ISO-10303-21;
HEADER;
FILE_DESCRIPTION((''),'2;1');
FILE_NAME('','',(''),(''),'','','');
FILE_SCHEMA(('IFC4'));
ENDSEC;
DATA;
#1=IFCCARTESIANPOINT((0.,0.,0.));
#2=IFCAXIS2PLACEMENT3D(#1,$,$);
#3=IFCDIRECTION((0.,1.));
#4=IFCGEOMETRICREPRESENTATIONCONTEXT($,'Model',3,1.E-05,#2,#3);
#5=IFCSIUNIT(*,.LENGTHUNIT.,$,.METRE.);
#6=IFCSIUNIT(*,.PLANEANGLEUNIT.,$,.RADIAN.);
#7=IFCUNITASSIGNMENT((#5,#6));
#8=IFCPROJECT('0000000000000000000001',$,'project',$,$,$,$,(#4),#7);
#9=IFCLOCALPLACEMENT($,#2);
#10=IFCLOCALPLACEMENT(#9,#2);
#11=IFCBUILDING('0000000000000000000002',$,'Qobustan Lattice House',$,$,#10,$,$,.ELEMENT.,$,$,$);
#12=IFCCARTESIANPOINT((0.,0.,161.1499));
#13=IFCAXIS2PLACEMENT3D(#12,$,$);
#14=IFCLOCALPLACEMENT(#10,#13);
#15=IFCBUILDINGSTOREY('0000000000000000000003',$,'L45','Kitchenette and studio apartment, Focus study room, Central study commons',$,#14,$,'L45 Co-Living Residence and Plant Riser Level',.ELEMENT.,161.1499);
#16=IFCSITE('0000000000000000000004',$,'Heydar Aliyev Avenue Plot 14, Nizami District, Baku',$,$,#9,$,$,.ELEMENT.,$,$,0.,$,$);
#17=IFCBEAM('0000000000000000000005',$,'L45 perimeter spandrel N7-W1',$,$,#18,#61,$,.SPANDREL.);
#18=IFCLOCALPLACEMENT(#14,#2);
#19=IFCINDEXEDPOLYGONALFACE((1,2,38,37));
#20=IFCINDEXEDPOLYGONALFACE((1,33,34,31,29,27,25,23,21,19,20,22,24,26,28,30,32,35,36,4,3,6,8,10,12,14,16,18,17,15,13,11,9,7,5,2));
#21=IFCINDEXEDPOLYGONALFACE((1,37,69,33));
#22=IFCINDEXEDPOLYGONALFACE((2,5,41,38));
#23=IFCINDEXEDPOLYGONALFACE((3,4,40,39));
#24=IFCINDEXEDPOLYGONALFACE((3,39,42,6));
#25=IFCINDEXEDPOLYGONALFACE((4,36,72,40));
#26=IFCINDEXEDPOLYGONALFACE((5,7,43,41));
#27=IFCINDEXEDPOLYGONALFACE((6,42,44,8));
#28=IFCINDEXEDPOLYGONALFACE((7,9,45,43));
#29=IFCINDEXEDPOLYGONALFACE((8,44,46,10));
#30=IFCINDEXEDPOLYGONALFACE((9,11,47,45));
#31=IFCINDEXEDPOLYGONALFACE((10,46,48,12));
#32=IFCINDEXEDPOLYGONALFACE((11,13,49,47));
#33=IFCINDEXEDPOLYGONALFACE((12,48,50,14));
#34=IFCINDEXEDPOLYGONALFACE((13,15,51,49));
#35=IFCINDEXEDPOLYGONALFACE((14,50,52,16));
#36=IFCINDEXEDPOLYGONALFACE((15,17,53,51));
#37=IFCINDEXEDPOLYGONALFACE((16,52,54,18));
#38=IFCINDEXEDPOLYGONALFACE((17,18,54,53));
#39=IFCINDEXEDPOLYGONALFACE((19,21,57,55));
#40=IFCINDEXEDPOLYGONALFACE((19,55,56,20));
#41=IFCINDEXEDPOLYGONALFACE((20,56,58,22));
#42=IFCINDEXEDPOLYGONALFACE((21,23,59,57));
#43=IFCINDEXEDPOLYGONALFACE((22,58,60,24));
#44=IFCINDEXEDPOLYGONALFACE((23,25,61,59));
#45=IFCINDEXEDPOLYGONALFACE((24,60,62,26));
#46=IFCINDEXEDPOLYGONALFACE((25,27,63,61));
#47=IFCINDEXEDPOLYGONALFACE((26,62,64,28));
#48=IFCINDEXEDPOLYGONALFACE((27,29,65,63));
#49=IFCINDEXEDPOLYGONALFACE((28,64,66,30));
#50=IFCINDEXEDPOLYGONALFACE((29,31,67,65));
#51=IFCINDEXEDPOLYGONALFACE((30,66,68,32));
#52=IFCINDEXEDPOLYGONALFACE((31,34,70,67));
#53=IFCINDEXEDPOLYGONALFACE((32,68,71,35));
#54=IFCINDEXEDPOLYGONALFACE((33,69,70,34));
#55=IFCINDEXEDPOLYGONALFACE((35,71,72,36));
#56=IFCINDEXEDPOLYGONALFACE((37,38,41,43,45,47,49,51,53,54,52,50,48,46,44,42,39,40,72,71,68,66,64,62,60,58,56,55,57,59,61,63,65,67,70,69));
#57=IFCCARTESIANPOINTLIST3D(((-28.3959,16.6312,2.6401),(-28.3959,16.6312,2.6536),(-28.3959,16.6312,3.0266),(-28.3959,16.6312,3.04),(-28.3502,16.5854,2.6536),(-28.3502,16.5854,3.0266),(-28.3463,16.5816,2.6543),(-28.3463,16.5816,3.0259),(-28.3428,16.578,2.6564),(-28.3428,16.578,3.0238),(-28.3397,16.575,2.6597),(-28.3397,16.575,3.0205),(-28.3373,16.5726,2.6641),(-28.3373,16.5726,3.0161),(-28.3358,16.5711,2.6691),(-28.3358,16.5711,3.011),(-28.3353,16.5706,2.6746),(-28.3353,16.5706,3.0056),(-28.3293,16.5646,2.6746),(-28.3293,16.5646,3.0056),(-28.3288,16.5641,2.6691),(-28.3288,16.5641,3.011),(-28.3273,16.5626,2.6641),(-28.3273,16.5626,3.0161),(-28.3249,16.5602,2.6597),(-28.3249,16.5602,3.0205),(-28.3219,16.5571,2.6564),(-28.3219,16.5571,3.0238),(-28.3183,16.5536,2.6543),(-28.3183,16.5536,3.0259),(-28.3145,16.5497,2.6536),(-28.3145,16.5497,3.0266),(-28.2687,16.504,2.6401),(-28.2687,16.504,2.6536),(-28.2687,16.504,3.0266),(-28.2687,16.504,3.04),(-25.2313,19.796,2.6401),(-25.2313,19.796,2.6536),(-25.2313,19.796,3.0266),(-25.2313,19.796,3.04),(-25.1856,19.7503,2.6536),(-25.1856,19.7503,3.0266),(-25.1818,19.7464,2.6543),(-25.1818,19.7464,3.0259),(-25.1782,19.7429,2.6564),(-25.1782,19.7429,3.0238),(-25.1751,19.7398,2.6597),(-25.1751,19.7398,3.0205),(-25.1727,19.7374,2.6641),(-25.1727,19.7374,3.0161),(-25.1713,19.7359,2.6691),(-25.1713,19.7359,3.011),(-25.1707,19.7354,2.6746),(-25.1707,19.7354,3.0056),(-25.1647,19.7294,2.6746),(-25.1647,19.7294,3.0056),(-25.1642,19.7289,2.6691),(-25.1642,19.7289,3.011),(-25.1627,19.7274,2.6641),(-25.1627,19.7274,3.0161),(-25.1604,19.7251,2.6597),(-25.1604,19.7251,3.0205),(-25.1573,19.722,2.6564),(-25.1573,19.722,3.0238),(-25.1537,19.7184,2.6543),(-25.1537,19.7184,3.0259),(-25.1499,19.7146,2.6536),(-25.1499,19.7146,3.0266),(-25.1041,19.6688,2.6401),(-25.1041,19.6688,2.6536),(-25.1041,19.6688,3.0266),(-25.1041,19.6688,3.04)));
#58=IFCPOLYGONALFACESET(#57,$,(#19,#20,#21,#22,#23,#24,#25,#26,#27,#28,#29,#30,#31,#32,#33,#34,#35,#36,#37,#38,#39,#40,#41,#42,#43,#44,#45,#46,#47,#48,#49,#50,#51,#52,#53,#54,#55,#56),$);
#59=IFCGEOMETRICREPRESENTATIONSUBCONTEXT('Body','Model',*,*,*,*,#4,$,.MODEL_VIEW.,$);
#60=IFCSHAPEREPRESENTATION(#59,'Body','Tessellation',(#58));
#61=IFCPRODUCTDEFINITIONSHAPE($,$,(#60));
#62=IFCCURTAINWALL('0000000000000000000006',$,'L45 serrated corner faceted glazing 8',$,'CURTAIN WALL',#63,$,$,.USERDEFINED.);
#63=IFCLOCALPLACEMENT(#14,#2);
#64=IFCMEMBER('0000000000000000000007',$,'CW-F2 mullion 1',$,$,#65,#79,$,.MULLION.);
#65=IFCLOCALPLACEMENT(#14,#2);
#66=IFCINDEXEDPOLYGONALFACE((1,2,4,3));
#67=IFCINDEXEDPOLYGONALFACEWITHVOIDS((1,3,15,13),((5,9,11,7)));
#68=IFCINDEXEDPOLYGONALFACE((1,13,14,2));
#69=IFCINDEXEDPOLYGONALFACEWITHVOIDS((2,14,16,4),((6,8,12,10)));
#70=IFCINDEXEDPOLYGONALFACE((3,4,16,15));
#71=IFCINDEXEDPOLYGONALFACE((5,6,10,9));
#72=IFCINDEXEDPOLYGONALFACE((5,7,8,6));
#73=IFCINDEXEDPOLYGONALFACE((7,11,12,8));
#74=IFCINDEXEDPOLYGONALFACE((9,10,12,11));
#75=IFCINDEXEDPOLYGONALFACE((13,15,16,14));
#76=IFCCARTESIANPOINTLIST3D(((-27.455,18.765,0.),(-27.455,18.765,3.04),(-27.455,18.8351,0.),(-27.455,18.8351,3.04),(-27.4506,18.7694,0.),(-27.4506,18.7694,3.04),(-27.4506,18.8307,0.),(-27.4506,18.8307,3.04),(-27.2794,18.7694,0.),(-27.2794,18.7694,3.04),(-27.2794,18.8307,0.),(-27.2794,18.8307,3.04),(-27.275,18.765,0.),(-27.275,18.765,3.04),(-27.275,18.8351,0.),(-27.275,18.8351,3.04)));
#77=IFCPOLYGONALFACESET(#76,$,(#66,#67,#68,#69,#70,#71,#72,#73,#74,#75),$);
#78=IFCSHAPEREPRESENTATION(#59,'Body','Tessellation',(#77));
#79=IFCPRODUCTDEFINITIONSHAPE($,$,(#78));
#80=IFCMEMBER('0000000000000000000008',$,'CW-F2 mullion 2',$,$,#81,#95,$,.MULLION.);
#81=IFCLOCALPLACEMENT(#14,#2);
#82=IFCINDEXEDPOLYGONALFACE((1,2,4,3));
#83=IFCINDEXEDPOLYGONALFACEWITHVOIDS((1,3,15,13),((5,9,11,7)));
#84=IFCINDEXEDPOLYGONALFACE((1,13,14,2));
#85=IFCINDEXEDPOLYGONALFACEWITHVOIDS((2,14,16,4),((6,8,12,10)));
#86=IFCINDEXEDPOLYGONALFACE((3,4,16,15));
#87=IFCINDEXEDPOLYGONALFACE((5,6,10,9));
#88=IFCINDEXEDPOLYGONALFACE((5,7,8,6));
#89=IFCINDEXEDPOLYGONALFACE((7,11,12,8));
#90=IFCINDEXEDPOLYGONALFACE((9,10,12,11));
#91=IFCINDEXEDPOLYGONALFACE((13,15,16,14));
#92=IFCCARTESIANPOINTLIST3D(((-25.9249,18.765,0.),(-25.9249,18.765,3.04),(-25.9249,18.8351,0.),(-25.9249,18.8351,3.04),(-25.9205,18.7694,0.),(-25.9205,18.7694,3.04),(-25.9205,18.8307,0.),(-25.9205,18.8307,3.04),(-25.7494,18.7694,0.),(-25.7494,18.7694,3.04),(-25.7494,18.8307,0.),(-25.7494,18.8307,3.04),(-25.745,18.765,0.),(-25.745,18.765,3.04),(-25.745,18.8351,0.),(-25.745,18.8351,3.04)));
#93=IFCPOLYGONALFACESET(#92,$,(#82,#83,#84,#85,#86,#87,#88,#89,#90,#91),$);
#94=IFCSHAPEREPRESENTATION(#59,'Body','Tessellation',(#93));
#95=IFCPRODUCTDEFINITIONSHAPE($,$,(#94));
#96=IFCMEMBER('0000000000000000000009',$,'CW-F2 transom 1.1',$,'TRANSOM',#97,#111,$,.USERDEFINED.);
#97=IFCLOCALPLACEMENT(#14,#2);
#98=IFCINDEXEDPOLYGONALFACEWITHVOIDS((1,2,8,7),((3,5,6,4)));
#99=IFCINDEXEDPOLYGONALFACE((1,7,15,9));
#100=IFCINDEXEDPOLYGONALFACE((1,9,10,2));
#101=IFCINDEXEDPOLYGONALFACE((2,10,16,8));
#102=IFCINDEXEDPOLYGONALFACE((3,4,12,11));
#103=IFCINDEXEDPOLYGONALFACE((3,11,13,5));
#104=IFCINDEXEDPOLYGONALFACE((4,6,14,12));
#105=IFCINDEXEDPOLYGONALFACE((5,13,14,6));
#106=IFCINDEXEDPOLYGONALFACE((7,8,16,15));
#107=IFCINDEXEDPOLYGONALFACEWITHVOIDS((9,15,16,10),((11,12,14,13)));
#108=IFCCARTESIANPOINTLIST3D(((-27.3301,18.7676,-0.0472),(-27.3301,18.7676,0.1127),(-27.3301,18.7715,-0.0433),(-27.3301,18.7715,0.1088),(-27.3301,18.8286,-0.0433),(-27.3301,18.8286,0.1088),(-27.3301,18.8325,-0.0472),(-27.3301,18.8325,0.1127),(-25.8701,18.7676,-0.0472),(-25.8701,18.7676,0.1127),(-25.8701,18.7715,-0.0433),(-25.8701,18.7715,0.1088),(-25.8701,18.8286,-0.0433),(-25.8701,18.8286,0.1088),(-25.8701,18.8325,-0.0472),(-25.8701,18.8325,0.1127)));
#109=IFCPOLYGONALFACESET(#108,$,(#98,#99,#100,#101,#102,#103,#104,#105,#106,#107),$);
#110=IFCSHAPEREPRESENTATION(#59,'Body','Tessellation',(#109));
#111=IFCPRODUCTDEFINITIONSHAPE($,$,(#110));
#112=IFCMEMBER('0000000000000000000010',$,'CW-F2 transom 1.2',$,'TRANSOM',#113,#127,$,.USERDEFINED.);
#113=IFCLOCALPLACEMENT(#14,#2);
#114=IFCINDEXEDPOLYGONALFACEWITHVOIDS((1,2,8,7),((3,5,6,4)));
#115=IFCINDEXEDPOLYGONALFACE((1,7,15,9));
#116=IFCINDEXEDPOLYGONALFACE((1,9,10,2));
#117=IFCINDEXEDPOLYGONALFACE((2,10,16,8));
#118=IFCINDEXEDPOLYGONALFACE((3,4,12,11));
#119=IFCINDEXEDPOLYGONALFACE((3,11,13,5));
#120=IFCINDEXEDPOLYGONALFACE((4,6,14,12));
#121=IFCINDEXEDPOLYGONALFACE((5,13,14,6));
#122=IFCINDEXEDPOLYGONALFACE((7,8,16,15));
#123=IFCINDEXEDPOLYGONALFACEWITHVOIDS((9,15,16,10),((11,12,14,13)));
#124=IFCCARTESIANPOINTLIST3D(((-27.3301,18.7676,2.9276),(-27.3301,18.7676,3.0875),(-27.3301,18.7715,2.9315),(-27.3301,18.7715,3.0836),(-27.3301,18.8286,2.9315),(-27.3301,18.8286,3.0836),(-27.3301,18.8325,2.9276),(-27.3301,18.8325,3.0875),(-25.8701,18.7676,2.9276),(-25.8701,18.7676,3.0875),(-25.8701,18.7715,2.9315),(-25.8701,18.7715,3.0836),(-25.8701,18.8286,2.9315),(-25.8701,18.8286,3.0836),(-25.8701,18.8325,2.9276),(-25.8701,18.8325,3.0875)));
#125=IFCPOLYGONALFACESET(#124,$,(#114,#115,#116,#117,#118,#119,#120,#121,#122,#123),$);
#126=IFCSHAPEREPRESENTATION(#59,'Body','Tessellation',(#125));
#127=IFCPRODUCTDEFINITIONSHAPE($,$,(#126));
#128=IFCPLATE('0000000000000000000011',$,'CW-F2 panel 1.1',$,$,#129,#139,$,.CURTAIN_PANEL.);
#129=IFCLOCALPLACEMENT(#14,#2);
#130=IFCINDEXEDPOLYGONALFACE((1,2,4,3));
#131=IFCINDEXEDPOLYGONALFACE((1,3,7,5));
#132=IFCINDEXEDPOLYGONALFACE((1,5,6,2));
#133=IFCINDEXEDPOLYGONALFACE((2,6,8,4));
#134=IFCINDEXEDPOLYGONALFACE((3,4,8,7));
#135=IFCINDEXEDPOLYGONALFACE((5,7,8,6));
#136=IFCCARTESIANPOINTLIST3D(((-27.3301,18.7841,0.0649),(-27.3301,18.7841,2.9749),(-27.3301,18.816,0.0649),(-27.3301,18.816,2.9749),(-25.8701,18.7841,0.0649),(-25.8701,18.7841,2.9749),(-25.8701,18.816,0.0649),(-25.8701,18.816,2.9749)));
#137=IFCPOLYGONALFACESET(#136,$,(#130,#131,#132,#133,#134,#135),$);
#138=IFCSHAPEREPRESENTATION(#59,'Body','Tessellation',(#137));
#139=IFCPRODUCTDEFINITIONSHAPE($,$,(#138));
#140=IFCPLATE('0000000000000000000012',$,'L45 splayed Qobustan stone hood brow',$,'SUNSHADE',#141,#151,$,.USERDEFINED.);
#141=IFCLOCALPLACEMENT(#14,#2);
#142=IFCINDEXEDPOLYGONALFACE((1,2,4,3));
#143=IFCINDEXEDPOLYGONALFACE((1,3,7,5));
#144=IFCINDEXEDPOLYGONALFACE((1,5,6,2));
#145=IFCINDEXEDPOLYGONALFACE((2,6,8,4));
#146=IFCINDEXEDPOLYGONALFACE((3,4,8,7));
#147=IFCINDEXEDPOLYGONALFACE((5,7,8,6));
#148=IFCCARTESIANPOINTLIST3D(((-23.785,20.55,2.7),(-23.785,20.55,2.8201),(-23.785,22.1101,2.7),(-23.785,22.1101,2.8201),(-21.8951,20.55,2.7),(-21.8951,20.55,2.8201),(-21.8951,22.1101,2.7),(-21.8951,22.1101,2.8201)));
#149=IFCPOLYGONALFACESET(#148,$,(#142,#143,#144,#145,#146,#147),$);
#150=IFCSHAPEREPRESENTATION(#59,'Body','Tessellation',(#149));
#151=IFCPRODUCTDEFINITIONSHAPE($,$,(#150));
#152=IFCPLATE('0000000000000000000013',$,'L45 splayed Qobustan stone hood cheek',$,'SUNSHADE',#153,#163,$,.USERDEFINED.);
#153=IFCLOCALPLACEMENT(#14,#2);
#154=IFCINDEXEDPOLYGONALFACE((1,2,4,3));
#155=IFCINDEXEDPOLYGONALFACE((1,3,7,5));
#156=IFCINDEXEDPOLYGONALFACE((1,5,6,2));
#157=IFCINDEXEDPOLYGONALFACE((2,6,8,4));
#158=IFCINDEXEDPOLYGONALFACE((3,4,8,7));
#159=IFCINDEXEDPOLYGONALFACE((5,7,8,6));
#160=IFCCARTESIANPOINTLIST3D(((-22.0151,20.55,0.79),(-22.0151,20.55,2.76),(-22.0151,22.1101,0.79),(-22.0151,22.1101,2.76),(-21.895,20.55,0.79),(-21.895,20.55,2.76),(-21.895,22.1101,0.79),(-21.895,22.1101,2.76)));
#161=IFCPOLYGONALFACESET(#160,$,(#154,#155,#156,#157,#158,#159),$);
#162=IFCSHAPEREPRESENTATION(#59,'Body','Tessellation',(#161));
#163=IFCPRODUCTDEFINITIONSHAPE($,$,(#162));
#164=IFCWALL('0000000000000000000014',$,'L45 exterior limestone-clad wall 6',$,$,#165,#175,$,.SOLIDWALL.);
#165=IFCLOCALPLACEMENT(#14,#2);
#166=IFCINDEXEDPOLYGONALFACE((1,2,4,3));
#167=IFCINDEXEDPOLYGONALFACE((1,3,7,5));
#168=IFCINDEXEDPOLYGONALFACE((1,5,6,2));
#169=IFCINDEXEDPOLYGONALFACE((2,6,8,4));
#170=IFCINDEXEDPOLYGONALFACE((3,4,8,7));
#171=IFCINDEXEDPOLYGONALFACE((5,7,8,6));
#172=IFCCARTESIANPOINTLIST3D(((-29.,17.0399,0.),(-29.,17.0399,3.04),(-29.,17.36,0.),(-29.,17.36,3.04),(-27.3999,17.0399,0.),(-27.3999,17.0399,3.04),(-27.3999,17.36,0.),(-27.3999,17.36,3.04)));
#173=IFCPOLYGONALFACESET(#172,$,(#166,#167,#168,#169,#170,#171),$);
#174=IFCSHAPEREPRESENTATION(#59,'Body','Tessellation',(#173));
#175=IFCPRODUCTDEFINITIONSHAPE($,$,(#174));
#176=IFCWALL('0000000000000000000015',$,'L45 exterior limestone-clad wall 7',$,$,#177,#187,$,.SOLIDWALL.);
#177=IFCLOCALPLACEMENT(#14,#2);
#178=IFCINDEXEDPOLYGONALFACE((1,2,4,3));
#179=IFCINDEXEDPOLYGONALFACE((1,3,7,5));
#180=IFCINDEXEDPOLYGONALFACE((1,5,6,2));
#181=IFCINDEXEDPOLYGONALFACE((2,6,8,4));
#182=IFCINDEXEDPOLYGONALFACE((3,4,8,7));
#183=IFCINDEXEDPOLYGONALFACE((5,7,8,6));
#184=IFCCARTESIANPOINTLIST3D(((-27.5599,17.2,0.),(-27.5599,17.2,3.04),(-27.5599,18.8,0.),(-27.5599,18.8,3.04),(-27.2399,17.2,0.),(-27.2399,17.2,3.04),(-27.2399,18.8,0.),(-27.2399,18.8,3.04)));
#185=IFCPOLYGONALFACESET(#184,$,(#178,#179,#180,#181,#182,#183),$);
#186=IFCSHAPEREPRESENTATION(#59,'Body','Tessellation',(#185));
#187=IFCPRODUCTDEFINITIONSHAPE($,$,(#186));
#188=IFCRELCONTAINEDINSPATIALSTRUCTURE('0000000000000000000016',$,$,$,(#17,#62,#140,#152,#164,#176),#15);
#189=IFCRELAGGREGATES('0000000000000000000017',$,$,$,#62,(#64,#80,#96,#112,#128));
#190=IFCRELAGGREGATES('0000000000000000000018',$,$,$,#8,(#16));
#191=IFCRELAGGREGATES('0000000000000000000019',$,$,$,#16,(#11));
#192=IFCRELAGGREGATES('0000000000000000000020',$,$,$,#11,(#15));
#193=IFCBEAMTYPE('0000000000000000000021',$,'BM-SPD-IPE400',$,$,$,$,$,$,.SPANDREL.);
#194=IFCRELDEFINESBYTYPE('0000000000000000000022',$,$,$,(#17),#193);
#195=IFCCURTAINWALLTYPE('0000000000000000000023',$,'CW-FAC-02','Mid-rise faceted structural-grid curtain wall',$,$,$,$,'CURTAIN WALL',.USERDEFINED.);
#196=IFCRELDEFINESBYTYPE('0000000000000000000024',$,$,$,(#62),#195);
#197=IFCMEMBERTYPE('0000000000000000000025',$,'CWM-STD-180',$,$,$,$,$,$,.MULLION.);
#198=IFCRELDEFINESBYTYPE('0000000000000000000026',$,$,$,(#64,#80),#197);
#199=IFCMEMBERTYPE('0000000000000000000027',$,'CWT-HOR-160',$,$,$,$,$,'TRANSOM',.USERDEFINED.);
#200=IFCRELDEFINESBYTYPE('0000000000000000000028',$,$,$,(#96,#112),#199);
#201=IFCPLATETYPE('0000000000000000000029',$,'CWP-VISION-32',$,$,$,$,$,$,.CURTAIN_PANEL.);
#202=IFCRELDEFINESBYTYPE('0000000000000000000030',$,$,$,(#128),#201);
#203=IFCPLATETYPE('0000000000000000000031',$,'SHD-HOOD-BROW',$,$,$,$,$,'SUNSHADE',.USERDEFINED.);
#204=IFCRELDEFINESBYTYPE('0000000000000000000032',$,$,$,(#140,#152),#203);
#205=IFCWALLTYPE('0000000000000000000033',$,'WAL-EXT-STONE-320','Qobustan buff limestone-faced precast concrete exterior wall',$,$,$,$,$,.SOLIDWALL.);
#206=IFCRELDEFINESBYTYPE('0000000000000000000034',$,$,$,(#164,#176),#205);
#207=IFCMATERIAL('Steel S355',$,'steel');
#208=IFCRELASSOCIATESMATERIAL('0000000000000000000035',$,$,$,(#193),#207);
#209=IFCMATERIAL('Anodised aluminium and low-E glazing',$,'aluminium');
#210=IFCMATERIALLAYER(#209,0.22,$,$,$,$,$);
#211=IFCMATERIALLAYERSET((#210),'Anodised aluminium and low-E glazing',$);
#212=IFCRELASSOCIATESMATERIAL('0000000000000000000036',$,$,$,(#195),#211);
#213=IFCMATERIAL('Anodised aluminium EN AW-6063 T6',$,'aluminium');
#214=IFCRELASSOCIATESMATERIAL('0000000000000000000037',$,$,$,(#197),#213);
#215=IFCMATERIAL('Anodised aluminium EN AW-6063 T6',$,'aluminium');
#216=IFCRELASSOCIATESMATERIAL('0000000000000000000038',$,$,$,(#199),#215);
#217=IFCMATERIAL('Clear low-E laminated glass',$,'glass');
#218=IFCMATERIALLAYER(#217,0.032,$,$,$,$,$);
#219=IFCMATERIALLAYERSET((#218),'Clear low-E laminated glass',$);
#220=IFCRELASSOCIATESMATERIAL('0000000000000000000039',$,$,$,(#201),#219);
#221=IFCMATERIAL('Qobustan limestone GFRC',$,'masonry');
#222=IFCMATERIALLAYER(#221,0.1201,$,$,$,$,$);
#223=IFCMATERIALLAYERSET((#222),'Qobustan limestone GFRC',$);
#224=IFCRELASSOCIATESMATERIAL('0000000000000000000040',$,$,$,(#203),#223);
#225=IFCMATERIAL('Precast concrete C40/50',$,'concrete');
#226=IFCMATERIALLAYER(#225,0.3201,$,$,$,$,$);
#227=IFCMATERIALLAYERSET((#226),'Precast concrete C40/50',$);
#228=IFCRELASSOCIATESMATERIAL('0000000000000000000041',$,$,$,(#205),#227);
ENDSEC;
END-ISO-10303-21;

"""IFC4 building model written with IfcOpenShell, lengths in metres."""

from ifc_helpers import new_model, si_unit, direction, frame, frame_2d, origin, origin_2d, place, context, subcontext, project, spatial, rectangle, hollow_rectangle, i_section, extrude, material, layer, layer_set, material_profile, profile_set, type_object, element, aggregate, save


model = new_model("IFC4")

# Units and contexts
model_context = context("Model", 3, precision=1e-05, world=origin(), true_north=direction((0.0, 1.0)))
body_context = subcontext(model_context, "Body", "Model", "MODEL_VIEW")
ifc_project = project(units=[si_unit("LENGTHUNIT", "METRE"), si_unit("PLANEANGLEUNIT", "RADIAN")], contexts=[model_context])

# Site, building, storey
site_placement = place(None, origin())
site = spatial("IfcSite", under=ifc_project, at=site_placement, Name="Heydar Aliyev Avenue Plot 14, Nizami District, Baku", CompositionType="ELEMENT", RefElevation=0.0)
building_placement = place(site_placement, origin())
building = spatial("IfcBuilding", under=site, at=building_placement, Name="Qobustan Lattice House", CompositionType="ELEMENT")
storey_placement = place(building_placement, frame((0.0, 0.0, 161.1499)))
storey = spatial("IfcBuildingStorey", under=building, at=storey_placement, Name="L45", Description="Kitchenette and studio apartment, Focus study room, Central study commons", LongName="L45 Co-Living Residence and Plant Riser Level", CompositionType="ELEMENT", Elevation=161.1499)

# Beam
ifc_material_1 = material(Name="Steel S355", Category="steel")
ifc_material_profile_1 = material_profile(ifc_material_1, i_section(OverallWidth=0.1799, OverallDepth=0.3999, WebThickness=0.0085, FlangeThickness=0.0134, FilletRadius=0.021, at=origin_2d()), Name="IPE400")
ifc_profile_set_1 = profile_set([ifc_material_profile_1], Name="Steel S355")
beam_type_1 = type_object("IfcBeamType", Name="BM-SPD-IPE400", PredefinedType="SPANDREL", material=ifc_profile_set_1)
beam_1_placement = place(storey_placement, frame((-25.1677, 19.7324, 2.8401), z_axis=(-0.70708, -0.707134, 0.0), x_axis=(0.707134, -0.70708, 0.0)))
element("IfcBeam", 1, at=beam_1_placement, inside=storey, type_object=beam_type_1, Name="L45 perimeter spandrel N7-W1", PredefinedType="SPANDREL", context=body_context, shape_type="SweptSolid", body=[
    extrude(i_section(OverallWidth=0.1799, OverallDepth=0.3999, WebThickness=0.0085, FlangeThickness=0.0134, FilletRadius=0.021, at=origin_2d()), origin(), (0.0, 0.0, 1.0), 4.4756),
])

# Curtain wall, members, plate
ifc_material_2 = material(Name="Anodised aluminium and low-E glazing", Category="aluminium")
ifc_layer_1 = layer(ifc_material_2, 0.22)
ifc_layer_set_1 = layer_set([ifc_layer_1], Name="Anodised aluminium and low-E glazing")
curtain_wall_type = type_object("IfcCurtainWallType", Name="CW-FAC-02", Description="Mid-rise faceted structural-grid curtain wall", ElementType="CURTAIN WALL", PredefinedType="USERDEFINED", material=ifc_layer_set_1)
curtain_wall_placement = place(storey_placement, origin())
curtain_wall = element("IfcCurtainWall", 2, at=curtain_wall_placement, inside=storey, type_object=curtain_wall_type, Name="L45 serrated corner faceted glazing 8", ObjectType="CURTAIN WALL", PredefinedType="USERDEFINED")
ifc_material_3 = material(Name="Anodised aluminium EN AW-6063 T6", Category="aluminium")
ifc_material_profile_2 = material_profile(ifc_material_3, hollow_rectangle(XDim=0.0701, YDim=0.1799, WallThickness=0.0044, at=origin_2d()), Name="CWM-180x70")
ifc_profile_set_2 = profile_set([ifc_material_profile_2], Name="Anodised aluminium EN AW-6063 T6")
member_type_1 = type_object("IfcMemberType", Name="CWM-STD-180", PredefinedType="MULLION", material=ifc_profile_set_2)
member_1_placement = place(storey_placement, frame((-27.365, 18.8, 0.0), z_axis=(0.0, 0.0, 1.0), x_axis=(0.0, 1.0, 0.0)))
member_1 = element("IfcMember", 3, at=member_1_placement, type_object=member_type_1, Name="CW-F2 mullion 1", PredefinedType="MULLION", context=body_context, shape_type="SweptSolid", body=[
    extrude(hollow_rectangle(XDim=0.0701, YDim=0.1799, WallThickness=0.0044, at=origin_2d()), origin(), (0.0, 0.0, 1.0), 3.04),
])
member_2_placement = place(storey_placement, frame((-25.835, 18.8, 0.0), z_axis=(0.0, 0.0, 1.0), x_axis=(0.0, 1.0, 0.0)))
member_2 = element("IfcMember", 4, at=member_2_placement, type_object=member_type_1, Name="CW-F2 mullion 2", PredefinedType="MULLION", context=body_context, shape_type="SweptSolid", body=[
    extrude(hollow_rectangle(XDim=0.0701, YDim=0.1799, WallThickness=0.0044, at=origin_2d()), origin(), (0.0, 0.0, 1.0), 3.04),
])
ifc_material_4 = material(Name="Anodised aluminium EN AW-6063 T6", Category="aluminium")
ifc_material_profile_3 = material_profile(ifc_material_4, hollow_rectangle(XDim=0.0649, YDim=0.1599, WallThickness=0.0039, at=origin_2d()), Name="CWT-160x65")
ifc_profile_set_3 = profile_set([ifc_material_profile_3], Name="Anodised aluminium EN AW-6063 T6")
member_type_2 = type_object("IfcMemberType", Name="CWT-HOR-160", ElementType="TRANSOM", PredefinedType="USERDEFINED", material=ifc_profile_set_3)
member_3_placement = place(storey_placement, frame((-27.3301, 18.8, 0.0327), z_axis=(1.0, 0.0, 0.0), x_axis=(0.0, 1.0, 0.0)))
member_3 = element("IfcMember", 5, at=member_3_placement, type_object=member_type_2, Name="CW-F2 transom 1.1", ObjectType="TRANSOM", PredefinedType="USERDEFINED", context=body_context, shape_type="SweptSolid", body=[
    extrude(hollow_rectangle(XDim=0.0649, YDim=0.1599, WallThickness=0.0039, at=origin_2d()), origin(), (0.0, 0.0, 1.0), 1.46),
])
member_4_placement = place(storey_placement, frame((-27.3301, 18.8, 3.0076), z_axis=(1.0, 0.0, 0.0), x_axis=(0.0, 1.0, 0.0)))
member_4 = element("IfcMember", 6, at=member_4_placement, type_object=member_type_2, Name="CW-F2 transom 1.2", ObjectType="TRANSOM", PredefinedType="USERDEFINED", context=body_context, shape_type="SweptSolid", body=[
    extrude(hollow_rectangle(XDim=0.0649, YDim=0.1599, WallThickness=0.0039, at=origin_2d()), origin(), (0.0, 0.0, 1.0), 1.46),
])
ifc_material_5 = material(Name="Clear low-E laminated glass", Category="glass")
ifc_layer_2 = layer(ifc_material_5, 0.032)
ifc_layer_set_2 = layer_set([ifc_layer_2], Name="Clear low-E laminated glass")
plate_type_1 = type_object("IfcPlateType", Name="CWP-VISION-32", PredefinedType="CURTAIN_PANEL", material=ifc_layer_set_2)
plate_1_placement = place(storey_placement, frame((-26.6001, 18.8, 0.0649), z_axis=(0.0, 0.0, 1.0), x_axis=(1.0, 0.0, 0.0)))
plate_1 = element("IfcPlate", 7, at=plate_1_placement, type_object=plate_type_1, Name="CW-F2 panel 1.1", PredefinedType="CURTAIN_PANEL", context=body_context, shape_type="SweptSolid", body=[
    extrude(rectangle(XDim=1.46, YDim=0.032, at=origin_2d()), origin(), (0.0, 0.0, 1.0), 2.9099),
])
aggregate(curtain_wall, [member_1, member_2, member_3, member_4, plate_1])

# Plates
ifc_material_6 = material(Name="Qobustan limestone GFRC", Category="masonry")
ifc_layer_3 = layer(ifc_material_6, 0.1201)
ifc_layer_set_3 = layer_set([ifc_layer_3], Name="Qobustan limestone GFRC")
plate_type_2 = type_object("IfcPlateType", Name="SHD-HOOD-BROW", ElementType="SUNSHADE", PredefinedType="USERDEFINED", material=ifc_layer_set_3)
plate_2_placement = place(storey_placement, frame((-22.8401, 21.3301, 2.7), z_axis=(0.0, 0.0, 1.0), x_axis=(1.0, 0.0, 0.0)))
element("IfcPlate", 8, at=plate_2_placement, inside=storey, type_object=plate_type_2, Name="L45 splayed Qobustan stone hood brow", ObjectType="SUNSHADE", PredefinedType="USERDEFINED", context=body_context, shape_type="SweptSolid", body=[
    extrude(rectangle(XDim=1.8899, YDim=1.5601, at=origin_2d()), origin(), (0.0, 0.0, 1.0), 0.1201),
])
plate_3_placement = place(storey_placement, frame((-21.9551, 21.3301, 0.79), z_axis=(0.0, 0.0, 1.0), x_axis=(1.0, 0.0, 0.0)))
element("IfcPlate", 9, at=plate_3_placement, inside=storey, type_object=plate_type_2, Name="L45 splayed Qobustan stone hood cheek", ObjectType="SUNSHADE", PredefinedType="USERDEFINED", context=body_context, shape_type="SweptSolid", body=[
    extrude(rectangle(XDim=0.1201, YDim=1.5601, at=origin_2d()), origin(), (0.0, 0.0, 1.0), 1.97),
])

# Walls
ifc_material_7 = material(Name="Precast concrete C40/50", Category="concrete")
ifc_layer_4 = layer(ifc_material_7, 0.3201)
ifc_layer_set_4 = layer_set([ifc_layer_4], Name="Precast concrete C40/50")
wall_type_1 = type_object("IfcWallType", Name="WAL-EXT-STONE-320", Description="Qobustan buff limestone-faced precast concrete exterior wall", PredefinedType="SOLIDWALL", material=ifc_layer_set_4)
for number, where, z_axis, x_axis, name in (
    (10, (-29.0, 17.2, 0.0), (0.0, 0.0, 1.0), (1.0, 0.0, 0.0), "L45 exterior limestone-clad wall 6"),
    (11, (-27.3999, 17.2, 0.0), (0.0, 0.0, 1.0), (0.0, 1.0, 0.0), "L45 exterior limestone-clad wall 7"),
):
    element("IfcWall", number, at=place(storey_placement, frame(where, z_axis=z_axis, x_axis=x_axis)), inside=storey, type_object=wall_type_1, Name=name, PredefinedType="SOLIDWALL", context=body_context, shape_type="SweptSolid", body=[
        extrude(rectangle(XDim=1.6001, YDim=0.3201, at=frame_2d((0.8, 0.0))), origin(), (0.0, 0.0, 1.0), 3.04),
    ])

save(model, "model.ifc")
